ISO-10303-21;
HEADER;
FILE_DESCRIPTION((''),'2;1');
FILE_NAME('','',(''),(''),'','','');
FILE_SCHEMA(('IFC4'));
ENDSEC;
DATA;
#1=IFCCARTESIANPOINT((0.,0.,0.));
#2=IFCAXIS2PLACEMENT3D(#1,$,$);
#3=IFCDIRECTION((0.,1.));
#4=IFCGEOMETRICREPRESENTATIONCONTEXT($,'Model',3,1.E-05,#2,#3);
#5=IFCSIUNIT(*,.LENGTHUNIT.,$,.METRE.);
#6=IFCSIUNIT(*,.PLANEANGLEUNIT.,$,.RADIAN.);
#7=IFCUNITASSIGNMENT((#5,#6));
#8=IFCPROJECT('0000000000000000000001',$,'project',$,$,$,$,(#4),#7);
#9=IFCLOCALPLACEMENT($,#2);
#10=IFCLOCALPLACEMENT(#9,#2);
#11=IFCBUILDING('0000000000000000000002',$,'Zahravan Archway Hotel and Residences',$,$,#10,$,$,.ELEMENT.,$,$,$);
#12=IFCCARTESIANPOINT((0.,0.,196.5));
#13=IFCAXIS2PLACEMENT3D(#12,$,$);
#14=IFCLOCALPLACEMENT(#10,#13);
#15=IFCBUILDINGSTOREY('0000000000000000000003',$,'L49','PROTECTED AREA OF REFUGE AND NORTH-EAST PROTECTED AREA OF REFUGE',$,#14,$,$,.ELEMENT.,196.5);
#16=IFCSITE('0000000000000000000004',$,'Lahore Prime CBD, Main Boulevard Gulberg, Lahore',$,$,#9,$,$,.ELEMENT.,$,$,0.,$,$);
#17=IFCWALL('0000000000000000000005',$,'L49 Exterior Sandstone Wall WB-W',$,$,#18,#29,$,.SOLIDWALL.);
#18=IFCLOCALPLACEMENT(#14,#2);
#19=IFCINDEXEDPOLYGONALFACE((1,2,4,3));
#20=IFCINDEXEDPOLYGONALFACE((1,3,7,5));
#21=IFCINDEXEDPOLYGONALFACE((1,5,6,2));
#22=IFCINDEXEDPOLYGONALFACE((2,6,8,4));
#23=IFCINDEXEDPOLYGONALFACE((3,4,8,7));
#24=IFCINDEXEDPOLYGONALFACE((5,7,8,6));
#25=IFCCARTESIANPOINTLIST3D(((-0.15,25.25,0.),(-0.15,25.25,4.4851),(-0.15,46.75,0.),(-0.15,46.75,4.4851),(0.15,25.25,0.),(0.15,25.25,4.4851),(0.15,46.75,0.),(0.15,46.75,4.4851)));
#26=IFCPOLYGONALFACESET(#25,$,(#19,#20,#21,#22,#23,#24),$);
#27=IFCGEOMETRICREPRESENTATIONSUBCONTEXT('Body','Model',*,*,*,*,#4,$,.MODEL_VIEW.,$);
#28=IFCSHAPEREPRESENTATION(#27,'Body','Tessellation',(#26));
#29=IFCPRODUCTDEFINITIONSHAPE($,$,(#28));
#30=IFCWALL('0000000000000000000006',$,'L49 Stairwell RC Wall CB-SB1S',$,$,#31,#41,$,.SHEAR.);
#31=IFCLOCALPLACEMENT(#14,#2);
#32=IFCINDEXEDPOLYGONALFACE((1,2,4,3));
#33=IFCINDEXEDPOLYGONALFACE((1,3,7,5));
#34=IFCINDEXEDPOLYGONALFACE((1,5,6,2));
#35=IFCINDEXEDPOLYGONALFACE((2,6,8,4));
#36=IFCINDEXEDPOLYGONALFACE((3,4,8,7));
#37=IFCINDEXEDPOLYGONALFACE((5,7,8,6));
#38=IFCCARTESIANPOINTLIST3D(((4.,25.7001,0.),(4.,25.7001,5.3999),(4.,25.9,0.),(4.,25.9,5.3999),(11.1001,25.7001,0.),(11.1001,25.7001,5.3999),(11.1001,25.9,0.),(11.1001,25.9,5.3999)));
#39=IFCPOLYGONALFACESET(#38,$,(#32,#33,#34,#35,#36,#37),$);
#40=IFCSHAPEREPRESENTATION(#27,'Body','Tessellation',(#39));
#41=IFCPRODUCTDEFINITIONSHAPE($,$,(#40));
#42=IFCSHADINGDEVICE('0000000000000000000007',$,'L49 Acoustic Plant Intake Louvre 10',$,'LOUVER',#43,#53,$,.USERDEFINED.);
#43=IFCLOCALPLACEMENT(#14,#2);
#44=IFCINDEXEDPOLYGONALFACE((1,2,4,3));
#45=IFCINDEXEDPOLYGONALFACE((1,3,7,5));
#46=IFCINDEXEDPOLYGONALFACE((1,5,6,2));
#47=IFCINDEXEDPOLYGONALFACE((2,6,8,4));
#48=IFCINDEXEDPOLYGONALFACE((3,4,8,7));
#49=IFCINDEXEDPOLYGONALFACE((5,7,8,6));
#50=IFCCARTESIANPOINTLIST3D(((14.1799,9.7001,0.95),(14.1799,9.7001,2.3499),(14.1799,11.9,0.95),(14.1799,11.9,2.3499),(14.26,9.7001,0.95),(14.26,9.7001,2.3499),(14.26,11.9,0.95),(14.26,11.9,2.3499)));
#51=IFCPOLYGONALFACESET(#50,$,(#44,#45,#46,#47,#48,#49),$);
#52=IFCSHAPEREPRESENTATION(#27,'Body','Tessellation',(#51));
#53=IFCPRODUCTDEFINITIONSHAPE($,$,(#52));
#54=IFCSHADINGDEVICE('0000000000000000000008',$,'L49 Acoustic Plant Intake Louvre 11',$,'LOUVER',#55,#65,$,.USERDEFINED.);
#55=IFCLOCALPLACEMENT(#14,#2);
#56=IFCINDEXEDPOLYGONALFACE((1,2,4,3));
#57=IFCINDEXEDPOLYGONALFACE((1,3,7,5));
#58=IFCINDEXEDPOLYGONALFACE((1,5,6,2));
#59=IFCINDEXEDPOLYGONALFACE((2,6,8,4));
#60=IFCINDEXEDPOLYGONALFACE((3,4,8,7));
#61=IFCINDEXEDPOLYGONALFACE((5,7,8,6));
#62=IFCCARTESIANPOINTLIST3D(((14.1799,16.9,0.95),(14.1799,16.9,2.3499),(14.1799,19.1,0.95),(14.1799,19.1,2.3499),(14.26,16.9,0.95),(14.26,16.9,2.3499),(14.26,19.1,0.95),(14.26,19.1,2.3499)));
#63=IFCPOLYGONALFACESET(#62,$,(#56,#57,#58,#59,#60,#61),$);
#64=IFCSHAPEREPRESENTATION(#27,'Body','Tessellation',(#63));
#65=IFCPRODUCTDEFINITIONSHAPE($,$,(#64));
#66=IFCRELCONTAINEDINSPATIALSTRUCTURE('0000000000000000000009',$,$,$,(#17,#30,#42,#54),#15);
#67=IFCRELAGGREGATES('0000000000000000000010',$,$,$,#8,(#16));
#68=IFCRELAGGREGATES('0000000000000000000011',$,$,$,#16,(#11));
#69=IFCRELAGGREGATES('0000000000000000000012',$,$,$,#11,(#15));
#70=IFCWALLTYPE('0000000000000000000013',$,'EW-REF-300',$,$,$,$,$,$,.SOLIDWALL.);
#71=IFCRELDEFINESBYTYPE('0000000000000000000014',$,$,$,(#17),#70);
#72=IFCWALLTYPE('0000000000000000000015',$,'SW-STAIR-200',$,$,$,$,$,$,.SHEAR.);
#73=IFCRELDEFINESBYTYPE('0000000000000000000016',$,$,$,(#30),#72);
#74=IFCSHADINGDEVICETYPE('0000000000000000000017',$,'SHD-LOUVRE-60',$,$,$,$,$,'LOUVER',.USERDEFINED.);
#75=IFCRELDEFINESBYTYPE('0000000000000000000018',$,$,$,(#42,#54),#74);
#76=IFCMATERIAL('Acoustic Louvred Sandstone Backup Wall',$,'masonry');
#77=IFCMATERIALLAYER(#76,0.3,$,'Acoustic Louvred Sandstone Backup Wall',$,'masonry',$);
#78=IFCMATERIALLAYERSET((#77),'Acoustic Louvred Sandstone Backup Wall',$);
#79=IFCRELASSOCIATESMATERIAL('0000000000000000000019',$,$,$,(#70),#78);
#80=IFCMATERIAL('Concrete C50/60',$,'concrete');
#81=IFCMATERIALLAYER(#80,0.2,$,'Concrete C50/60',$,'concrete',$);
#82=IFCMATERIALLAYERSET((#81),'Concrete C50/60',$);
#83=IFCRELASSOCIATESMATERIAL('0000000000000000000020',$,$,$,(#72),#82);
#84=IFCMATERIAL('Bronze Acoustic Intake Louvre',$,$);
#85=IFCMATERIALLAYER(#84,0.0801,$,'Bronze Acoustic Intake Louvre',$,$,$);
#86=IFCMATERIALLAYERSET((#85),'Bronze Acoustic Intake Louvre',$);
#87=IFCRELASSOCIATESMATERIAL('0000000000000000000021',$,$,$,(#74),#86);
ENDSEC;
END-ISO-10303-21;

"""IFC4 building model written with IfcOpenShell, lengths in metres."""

from ifc_helpers import new_model, si_unit, direction, frame, frame_2d, origin, origin_2d, place, context, subcontext, project, spatial, rectangle, extrude, source, transform, mapped, material, layer, layer_set, type_object, type_shapes, element, save


model = new_model("IFC4")

# Units and contexts
model_context = context("Model", 3, precision=1e-05, world=origin(), true_north=direction((0.0, 1.0)))
body_context = subcontext(model_context, "Body", "Model", "MODEL_VIEW")
ifc_project = project(units=[si_unit("LENGTHUNIT", "METRE"), si_unit("PLANEANGLEUNIT", "RADIAN")], contexts=[model_context])

# Site, building, storey
site_placement = place(None, origin())
site = spatial("IfcSite", under=ifc_project, at=site_placement, Name="Lahore Prime CBD, Main Boulevard Gulberg, Lahore", CompositionType="ELEMENT", RefElevation=0.0)
building_placement = place(site_placement, origin())
building = spatial("IfcBuilding", under=site, at=building_placement, Name="Zahravan Archway Hotel and Residences", CompositionType="ELEMENT")
storey_placement = place(building_placement, frame((0.0, 0.0, 196.5)))
storey = spatial("IfcBuildingStorey", under=building, at=storey_placement, Name="L49", Description="PROTECTED AREA OF REFUGE AND NORTH-EAST PROTECTED AREA OF REFUGE", CompositionType="ELEMENT", Elevation=196.5)

# Walls
ifc_material_1 = material(Name="Acoustic Louvred Sandstone Backup Wall", Category="masonry")
ifc_layer_1 = layer(ifc_material_1, 0.3, Name="Acoustic Louvred Sandstone Backup Wall", Category="masonry")
ifc_layer_set_1 = layer_set([ifc_layer_1], Name="Acoustic Louvred Sandstone Backup Wall")
wall_type_1 = type_object("IfcWallType", Name="EW-REF-300", PredefinedType="SOLIDWALL", material=ifc_layer_set_1)
wall_1_placement = place(storey_placement, frame((0.0, 25.25, 0.0), z_axis=(0.0, 0.0, 1.0), x_axis=(0.0, 1.0, 0.0)))
element("IfcWall", 1, at=wall_1_placement, inside=storey, type_object=wall_type_1, Name="L49 Exterior Sandstone Wall WB-W", PredefinedType="SOLIDWALL", context=body_context, shape_type="SweptSolid", body=[
    extrude(rectangle(XDim=21.5, YDim=0.3, at=frame_2d((10.75, 0.0))), origin(), (0.0, 0.0, 1.0), 4.4851),
])
ifc_material_2 = material(Name="Concrete C50/60", Category="concrete")
ifc_layer_2 = layer(ifc_material_2, 0.2, Name="Concrete C50/60", Category="concrete")
ifc_layer_set_2 = layer_set([ifc_layer_2], Name="Concrete C50/60")
wall_type_2 = type_object("IfcWallType", Name="SW-STAIR-200", PredefinedType="SHEAR", material=ifc_layer_set_2)
wall_2_placement = place(storey_placement, frame((4.0, 25.8, 0.0), z_axis=(0.0, 0.0, 1.0), x_axis=(1.0, 0.0, 0.0)))
element("IfcWall", 2, at=wall_2_placement, inside=storey, type_object=wall_type_2, Name="L49 Stairwell RC Wall CB-SB1S", PredefinedType="SHEAR", context=body_context, shape_type="SweptSolid", body=[
    extrude(rectangle(XDim=7.1001, YDim=0.2, at=frame_2d((3.55, 0.0))), origin(), (0.0, 0.0, 1.0), 5.3999),
])

# Shading devices
ifc_material_3 = material(Name="Bronze Acoustic Intake Louvre")
ifc_layer_3 = layer(ifc_material_3, 0.0801, Name="Bronze Acoustic Intake Louvre")
ifc_layer_set_3 = layer_set([ifc_layer_3], Name="Bronze Acoustic Intake Louvre")
shading_device_type = type_object("IfcShadingDeviceType", Name="SHD-LOUVRE-60", ElementType="LOUVER", PredefinedType="USERDEFINED", material=ifc_layer_set_3)
shared_shape_1 = source(origin(), body_context, "Body", "SweptSolid", [
    extrude(rectangle(XDim=2.2, YDim=0.0801, at=origin_2d()), origin(), (0.0, 0.0, 1.0), 1.3999),
])
type_shapes(shading_device_type, [shared_shape_1])
for number, where, z_axis, x_axis, name in (
    (3, (14.22, 10.8, 0.95), (0.0, 0.0, 1.0), (0.0, 1.0, 0.0), "L49 Acoustic Plant Intake Louvre 10"),
    (4, (14.22, 18.0, 0.95), (0.0, 0.0, 1.0), (0.0, 1.0, 0.0), "L49 Acoustic Plant Intake Louvre 11"),
):
    element("IfcShadingDevice", number, at=place(storey_placement, frame(where, z_axis=z_axis, x_axis=x_axis)), inside=storey, type_object=shading_device_type, Name=name, ObjectType="LOUVER", PredefinedType="USERDEFINED", context=body_context, shape_type="MappedRepresentation", body=[
        mapped(shared_shape_1, transform((0.0, 0.0, 0.0), scale=1.0)),
    ])

save(model, "model.ifc")
